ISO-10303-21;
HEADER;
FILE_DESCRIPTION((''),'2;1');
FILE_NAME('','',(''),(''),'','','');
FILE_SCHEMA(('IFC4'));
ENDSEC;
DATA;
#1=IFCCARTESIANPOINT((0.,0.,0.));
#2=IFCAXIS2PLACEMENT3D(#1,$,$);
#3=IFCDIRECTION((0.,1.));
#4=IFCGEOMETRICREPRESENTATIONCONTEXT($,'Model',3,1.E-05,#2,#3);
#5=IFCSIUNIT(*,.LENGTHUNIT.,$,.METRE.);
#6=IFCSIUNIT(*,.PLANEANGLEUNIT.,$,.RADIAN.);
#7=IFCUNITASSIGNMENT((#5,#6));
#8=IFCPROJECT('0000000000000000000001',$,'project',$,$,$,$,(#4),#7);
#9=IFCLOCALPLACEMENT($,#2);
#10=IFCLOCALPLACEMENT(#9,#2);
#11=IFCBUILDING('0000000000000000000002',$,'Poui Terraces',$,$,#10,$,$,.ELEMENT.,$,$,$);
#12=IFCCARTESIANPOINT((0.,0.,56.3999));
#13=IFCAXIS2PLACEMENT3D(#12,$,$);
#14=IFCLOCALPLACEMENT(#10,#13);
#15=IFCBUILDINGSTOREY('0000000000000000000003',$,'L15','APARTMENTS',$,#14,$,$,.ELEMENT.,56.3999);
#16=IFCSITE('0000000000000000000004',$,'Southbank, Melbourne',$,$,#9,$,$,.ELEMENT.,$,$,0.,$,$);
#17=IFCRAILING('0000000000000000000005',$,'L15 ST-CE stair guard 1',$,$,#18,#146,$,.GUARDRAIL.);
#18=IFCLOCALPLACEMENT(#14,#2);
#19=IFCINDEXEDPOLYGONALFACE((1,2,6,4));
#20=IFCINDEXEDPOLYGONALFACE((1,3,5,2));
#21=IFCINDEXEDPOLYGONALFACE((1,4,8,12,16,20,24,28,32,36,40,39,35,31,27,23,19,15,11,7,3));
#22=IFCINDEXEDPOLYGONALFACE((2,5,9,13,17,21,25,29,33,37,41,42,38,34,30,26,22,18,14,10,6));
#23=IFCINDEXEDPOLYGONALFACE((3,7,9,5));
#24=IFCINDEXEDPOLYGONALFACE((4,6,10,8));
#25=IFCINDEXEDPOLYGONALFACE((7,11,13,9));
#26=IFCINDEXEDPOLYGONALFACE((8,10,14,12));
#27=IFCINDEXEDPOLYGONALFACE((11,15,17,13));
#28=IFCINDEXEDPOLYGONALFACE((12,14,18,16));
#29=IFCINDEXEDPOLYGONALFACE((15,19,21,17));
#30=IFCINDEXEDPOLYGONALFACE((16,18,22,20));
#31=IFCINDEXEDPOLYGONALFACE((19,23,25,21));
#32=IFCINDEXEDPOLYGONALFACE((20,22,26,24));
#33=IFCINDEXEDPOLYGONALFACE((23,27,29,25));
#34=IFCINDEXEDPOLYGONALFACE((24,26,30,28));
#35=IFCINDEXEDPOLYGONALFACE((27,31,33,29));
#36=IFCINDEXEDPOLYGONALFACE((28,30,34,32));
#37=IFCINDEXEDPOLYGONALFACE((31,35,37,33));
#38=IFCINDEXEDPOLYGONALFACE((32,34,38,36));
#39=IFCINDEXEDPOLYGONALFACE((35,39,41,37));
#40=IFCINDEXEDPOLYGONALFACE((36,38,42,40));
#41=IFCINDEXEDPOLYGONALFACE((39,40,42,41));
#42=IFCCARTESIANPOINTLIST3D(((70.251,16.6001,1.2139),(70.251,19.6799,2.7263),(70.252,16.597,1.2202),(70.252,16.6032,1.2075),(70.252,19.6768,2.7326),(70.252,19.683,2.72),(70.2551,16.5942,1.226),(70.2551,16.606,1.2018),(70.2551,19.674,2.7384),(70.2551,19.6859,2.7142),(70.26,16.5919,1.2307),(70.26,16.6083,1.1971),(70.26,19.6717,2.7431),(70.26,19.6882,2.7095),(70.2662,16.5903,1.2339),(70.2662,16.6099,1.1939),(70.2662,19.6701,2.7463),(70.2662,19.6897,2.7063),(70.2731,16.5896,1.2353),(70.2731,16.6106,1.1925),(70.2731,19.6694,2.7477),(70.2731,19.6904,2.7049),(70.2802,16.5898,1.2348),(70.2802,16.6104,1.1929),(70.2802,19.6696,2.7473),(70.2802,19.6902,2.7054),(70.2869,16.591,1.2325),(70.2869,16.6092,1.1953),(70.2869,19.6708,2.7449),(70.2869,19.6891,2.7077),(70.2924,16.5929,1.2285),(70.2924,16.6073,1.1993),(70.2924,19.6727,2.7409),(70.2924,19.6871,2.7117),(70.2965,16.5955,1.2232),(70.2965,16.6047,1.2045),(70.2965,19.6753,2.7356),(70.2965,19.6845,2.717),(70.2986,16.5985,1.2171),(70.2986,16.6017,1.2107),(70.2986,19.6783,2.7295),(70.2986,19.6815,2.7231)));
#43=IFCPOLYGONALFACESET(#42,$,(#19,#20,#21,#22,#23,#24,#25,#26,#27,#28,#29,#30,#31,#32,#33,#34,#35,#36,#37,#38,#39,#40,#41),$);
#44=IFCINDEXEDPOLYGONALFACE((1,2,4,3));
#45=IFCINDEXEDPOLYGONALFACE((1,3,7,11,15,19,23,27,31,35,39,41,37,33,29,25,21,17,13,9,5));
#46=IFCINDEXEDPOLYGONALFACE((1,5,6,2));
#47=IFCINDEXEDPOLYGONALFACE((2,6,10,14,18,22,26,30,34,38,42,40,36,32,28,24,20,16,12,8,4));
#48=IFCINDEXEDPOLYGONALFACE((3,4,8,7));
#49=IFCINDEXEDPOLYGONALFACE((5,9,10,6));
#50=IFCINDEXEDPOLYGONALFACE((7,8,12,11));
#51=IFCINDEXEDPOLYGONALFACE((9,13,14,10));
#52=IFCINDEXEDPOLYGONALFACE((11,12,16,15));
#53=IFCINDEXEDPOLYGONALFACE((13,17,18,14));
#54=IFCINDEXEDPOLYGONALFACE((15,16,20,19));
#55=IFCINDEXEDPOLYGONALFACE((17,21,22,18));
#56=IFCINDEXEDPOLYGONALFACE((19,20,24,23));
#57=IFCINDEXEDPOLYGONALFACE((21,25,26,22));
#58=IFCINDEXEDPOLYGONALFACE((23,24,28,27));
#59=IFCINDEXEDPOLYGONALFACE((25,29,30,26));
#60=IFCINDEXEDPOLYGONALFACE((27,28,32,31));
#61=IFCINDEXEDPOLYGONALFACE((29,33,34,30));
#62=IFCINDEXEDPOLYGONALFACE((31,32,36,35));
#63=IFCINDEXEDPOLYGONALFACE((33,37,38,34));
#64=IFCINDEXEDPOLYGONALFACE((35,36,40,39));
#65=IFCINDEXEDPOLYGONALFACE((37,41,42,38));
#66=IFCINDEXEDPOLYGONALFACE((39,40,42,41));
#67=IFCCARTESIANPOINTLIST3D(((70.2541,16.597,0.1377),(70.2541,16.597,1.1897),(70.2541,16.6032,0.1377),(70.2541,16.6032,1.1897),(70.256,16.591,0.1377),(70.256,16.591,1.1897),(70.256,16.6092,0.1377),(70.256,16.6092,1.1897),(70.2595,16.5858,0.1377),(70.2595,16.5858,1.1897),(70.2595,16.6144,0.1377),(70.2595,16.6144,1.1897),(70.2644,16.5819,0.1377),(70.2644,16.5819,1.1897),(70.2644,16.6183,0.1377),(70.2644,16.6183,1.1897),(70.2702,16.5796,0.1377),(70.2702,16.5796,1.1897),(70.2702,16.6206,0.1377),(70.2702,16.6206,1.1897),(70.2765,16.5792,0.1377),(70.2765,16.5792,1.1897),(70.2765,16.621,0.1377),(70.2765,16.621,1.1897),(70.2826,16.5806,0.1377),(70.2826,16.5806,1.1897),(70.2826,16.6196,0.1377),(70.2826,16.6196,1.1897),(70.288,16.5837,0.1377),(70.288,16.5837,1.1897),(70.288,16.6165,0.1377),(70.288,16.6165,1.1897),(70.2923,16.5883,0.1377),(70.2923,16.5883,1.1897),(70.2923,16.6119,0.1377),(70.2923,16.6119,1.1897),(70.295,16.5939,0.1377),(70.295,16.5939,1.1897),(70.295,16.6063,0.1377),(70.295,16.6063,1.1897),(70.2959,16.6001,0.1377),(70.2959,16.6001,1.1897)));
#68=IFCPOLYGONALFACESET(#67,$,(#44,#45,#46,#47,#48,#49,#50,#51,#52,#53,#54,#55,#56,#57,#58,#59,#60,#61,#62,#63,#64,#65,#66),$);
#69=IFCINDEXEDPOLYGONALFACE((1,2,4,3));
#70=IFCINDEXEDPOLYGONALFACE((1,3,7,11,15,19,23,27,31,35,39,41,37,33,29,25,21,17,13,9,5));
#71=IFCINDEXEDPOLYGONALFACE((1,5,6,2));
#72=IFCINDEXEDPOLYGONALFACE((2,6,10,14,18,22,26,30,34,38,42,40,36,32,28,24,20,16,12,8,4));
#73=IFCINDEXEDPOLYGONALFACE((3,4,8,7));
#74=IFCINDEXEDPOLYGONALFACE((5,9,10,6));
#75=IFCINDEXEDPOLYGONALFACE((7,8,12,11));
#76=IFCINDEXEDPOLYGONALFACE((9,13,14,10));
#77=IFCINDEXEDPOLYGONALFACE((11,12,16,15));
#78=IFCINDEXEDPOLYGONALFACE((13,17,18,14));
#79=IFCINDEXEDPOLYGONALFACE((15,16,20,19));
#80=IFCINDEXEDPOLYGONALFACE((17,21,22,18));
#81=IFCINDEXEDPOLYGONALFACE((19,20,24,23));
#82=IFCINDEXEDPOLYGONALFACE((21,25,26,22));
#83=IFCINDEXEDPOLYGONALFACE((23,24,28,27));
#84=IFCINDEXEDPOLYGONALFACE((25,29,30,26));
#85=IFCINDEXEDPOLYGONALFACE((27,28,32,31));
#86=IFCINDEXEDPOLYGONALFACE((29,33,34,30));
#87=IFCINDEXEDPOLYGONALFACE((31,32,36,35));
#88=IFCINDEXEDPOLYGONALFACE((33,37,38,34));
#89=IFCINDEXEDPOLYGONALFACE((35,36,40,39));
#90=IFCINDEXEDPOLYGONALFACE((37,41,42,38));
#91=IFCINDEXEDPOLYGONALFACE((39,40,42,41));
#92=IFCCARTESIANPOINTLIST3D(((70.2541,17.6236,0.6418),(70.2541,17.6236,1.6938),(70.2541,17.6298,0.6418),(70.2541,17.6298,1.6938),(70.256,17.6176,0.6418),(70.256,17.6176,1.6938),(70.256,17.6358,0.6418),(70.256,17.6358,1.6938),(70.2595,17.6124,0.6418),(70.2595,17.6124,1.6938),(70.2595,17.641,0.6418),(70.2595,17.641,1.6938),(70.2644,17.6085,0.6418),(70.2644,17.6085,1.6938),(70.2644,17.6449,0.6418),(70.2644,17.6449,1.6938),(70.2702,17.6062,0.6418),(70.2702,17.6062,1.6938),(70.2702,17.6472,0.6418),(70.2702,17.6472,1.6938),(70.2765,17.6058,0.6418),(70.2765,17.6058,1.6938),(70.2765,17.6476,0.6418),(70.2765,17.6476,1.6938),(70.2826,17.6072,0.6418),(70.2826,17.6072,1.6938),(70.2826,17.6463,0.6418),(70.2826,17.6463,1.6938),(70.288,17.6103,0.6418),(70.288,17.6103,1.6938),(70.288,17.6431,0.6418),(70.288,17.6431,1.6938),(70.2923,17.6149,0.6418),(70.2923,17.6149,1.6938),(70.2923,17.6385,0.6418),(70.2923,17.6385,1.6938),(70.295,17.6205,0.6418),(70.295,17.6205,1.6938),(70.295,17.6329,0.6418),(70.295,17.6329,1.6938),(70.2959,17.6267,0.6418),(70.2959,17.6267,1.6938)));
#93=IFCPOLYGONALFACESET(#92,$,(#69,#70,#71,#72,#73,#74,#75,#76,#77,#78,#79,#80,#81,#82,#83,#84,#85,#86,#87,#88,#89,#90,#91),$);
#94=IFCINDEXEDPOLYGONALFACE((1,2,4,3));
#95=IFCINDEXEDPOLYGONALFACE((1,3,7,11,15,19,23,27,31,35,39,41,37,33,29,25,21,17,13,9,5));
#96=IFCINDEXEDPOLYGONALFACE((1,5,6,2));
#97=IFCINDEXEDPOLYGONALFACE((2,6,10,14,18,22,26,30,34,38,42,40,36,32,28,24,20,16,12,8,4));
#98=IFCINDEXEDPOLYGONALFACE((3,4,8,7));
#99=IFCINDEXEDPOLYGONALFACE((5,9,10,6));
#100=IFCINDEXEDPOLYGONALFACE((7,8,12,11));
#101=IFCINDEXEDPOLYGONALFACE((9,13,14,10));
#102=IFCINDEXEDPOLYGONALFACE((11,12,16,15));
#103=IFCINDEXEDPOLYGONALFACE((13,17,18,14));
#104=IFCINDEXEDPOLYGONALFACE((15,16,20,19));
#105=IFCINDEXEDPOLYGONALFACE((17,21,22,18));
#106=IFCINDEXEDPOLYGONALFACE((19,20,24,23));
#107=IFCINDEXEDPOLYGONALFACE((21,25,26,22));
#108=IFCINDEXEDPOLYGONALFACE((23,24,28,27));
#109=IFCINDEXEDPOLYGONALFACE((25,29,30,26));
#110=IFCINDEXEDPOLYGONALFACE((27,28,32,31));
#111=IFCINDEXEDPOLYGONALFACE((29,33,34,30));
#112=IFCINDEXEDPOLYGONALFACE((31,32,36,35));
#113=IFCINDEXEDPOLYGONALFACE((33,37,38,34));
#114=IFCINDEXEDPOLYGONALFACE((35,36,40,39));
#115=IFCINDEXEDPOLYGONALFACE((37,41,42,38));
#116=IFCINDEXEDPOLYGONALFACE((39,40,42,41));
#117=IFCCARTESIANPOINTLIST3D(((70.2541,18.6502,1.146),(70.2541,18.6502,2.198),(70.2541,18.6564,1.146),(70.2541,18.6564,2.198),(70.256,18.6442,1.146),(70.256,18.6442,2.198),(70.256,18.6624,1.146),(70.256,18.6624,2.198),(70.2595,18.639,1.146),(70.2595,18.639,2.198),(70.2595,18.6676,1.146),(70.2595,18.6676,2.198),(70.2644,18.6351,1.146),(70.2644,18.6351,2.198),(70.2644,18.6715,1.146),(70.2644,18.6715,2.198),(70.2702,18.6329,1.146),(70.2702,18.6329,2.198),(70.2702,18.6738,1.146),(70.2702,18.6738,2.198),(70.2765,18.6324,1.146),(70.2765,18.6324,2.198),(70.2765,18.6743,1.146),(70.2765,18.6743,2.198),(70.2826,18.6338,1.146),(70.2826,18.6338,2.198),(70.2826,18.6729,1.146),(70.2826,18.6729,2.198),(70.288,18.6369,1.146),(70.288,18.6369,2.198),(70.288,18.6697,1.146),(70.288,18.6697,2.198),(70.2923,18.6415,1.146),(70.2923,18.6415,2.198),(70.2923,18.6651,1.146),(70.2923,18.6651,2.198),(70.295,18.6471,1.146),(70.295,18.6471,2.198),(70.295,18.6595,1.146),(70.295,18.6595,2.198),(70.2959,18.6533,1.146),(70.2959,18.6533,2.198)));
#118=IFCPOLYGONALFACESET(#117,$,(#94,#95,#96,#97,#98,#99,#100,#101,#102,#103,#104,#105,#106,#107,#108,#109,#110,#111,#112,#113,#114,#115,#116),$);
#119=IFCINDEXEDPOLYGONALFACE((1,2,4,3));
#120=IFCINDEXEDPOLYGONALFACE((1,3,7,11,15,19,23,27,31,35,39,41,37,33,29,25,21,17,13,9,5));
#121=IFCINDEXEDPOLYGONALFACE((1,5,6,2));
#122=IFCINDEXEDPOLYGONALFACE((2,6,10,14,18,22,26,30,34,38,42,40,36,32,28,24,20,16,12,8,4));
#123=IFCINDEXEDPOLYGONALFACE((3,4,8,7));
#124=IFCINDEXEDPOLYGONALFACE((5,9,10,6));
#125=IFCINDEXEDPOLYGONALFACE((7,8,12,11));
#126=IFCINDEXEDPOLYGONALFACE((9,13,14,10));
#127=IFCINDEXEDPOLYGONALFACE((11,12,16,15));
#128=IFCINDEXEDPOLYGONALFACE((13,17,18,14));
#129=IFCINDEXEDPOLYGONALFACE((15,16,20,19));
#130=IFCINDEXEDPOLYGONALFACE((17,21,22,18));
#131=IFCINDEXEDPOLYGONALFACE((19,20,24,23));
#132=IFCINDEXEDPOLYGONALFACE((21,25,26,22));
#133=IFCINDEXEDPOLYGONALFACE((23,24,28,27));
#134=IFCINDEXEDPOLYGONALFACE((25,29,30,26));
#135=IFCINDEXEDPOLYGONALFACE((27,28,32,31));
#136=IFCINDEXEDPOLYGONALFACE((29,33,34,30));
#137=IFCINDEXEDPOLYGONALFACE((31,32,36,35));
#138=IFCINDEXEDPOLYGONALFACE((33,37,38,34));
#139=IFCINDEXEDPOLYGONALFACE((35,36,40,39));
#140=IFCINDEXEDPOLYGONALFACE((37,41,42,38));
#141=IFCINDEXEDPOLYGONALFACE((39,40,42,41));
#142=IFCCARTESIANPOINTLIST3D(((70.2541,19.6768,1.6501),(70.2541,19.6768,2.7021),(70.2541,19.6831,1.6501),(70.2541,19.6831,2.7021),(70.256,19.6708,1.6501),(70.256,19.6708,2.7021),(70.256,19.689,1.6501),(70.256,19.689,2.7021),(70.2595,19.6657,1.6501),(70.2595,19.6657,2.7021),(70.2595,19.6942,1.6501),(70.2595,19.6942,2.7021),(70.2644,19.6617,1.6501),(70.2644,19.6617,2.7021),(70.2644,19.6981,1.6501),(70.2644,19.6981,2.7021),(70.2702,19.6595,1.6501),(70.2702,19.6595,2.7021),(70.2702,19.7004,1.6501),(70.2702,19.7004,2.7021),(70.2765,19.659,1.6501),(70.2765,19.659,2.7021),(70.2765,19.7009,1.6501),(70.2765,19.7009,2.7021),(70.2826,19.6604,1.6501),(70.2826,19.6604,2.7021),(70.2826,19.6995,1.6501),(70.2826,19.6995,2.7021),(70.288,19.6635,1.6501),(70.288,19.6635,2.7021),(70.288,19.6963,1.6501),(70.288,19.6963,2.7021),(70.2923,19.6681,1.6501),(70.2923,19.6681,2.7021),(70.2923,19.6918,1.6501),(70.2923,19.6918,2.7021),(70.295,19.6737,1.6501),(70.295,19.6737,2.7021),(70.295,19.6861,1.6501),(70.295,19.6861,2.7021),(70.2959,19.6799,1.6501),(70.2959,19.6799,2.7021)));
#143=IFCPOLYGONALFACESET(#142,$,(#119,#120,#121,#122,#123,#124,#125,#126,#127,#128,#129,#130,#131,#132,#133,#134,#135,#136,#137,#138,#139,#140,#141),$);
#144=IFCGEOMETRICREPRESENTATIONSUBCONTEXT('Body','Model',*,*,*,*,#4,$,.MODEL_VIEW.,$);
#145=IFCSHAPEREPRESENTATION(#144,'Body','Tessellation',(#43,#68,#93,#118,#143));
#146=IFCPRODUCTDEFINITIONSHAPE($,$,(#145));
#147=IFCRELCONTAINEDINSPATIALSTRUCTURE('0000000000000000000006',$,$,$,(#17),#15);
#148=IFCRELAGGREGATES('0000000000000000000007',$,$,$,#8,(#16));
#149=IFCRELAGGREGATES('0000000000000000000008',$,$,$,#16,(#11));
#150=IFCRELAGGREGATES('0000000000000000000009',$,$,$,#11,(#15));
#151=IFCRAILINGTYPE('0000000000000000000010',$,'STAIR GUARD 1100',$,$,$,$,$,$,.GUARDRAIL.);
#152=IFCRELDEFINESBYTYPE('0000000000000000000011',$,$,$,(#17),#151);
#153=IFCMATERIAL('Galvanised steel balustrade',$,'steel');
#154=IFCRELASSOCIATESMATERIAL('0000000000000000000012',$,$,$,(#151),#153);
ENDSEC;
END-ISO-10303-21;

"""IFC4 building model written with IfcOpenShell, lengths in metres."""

from ifc_helpers import new_model, si_unit, direction, frame, origin, origin_2d, place, context, subcontext, project, spatial, circle, extrude, material, type_object, element, save


model = new_model("IFC4")

# Units and contexts
model_context = context("Model", 3, precision=1e-05, world=origin(), true_north=direction((0.0, 1.0)))
body_context = subcontext(model_context, "Body", "Model", "MODEL_VIEW")
ifc_project = project(units=[si_unit("LENGTHUNIT", "METRE"), si_unit("PLANEANGLEUNIT", "RADIAN")], contexts=[model_context])

# Site, building, storey
site_placement = place(None, origin())
site = spatial("IfcSite", under=ifc_project, at=site_placement, Name="Southbank, Melbourne", CompositionType="ELEMENT", RefElevation=0.0)
building_placement = place(site_placement, origin())
building = spatial("IfcBuilding", under=site, at=building_placement, Name="Poui Terraces", CompositionType="ELEMENT")
storey_placement = place(building_placement, frame((0.0, 0.0, 56.3999)))
storey = spatial("IfcBuildingStorey", under=building, at=storey_placement, Name="L15", Description="APARTMENTS", CompositionType="ELEMENT", Elevation=56.3999)

# Railing
ifc_material_1 = material(Name="Galvanised steel balustrade", Category="steel")
railing_type_1 = type_object("IfcRailingType", Name="STAIR GUARD 1100", PredefinedType="GUARDRAIL", material=ifc_material_1)
railing_1_placement = place(storey_placement, frame((70.2749, 16.6001, 0.1377)))
element("IfcRailing", 1, at=railing_1_placement, inside=storey, type_object=railing_type_1, Name="L15 ST-CE stair guard 1", PredefinedType="GUARDRAIL", context=body_context, shape_type="SweptSolid", body=[
    extrude(circle(Radius=0.0239, at=origin_2d()), frame((0.0, 0.0, 1.0762), z_axis=(0.0, 0.897606, 0.440798), x_axis=(-1.0, 0.0, 0.0)), (0.0, 0.0, 1.0), 3.4312),
    extrude(circle(Radius=0.021, at=origin_2d()), origin(), (0.0, 0.0, 1.0), 1.052),
    extrude(circle(Radius=0.021, at=origin_2d()), frame((0.0, 1.0266, 0.5042)), (0.0, 0.0, 1.0), 1.052),
    extrude(circle(Radius=0.021, at=origin_2d()), frame((0.0, 2.0532, 1.0083)), (0.0, 0.0, 1.0), 1.052),
    extrude(circle(Radius=0.021, at=origin_2d()), frame((0.0, 3.0798, 1.5125)), (0.0, 0.0, 1.0), 1.052),
])

save(model, "model.ifc")
